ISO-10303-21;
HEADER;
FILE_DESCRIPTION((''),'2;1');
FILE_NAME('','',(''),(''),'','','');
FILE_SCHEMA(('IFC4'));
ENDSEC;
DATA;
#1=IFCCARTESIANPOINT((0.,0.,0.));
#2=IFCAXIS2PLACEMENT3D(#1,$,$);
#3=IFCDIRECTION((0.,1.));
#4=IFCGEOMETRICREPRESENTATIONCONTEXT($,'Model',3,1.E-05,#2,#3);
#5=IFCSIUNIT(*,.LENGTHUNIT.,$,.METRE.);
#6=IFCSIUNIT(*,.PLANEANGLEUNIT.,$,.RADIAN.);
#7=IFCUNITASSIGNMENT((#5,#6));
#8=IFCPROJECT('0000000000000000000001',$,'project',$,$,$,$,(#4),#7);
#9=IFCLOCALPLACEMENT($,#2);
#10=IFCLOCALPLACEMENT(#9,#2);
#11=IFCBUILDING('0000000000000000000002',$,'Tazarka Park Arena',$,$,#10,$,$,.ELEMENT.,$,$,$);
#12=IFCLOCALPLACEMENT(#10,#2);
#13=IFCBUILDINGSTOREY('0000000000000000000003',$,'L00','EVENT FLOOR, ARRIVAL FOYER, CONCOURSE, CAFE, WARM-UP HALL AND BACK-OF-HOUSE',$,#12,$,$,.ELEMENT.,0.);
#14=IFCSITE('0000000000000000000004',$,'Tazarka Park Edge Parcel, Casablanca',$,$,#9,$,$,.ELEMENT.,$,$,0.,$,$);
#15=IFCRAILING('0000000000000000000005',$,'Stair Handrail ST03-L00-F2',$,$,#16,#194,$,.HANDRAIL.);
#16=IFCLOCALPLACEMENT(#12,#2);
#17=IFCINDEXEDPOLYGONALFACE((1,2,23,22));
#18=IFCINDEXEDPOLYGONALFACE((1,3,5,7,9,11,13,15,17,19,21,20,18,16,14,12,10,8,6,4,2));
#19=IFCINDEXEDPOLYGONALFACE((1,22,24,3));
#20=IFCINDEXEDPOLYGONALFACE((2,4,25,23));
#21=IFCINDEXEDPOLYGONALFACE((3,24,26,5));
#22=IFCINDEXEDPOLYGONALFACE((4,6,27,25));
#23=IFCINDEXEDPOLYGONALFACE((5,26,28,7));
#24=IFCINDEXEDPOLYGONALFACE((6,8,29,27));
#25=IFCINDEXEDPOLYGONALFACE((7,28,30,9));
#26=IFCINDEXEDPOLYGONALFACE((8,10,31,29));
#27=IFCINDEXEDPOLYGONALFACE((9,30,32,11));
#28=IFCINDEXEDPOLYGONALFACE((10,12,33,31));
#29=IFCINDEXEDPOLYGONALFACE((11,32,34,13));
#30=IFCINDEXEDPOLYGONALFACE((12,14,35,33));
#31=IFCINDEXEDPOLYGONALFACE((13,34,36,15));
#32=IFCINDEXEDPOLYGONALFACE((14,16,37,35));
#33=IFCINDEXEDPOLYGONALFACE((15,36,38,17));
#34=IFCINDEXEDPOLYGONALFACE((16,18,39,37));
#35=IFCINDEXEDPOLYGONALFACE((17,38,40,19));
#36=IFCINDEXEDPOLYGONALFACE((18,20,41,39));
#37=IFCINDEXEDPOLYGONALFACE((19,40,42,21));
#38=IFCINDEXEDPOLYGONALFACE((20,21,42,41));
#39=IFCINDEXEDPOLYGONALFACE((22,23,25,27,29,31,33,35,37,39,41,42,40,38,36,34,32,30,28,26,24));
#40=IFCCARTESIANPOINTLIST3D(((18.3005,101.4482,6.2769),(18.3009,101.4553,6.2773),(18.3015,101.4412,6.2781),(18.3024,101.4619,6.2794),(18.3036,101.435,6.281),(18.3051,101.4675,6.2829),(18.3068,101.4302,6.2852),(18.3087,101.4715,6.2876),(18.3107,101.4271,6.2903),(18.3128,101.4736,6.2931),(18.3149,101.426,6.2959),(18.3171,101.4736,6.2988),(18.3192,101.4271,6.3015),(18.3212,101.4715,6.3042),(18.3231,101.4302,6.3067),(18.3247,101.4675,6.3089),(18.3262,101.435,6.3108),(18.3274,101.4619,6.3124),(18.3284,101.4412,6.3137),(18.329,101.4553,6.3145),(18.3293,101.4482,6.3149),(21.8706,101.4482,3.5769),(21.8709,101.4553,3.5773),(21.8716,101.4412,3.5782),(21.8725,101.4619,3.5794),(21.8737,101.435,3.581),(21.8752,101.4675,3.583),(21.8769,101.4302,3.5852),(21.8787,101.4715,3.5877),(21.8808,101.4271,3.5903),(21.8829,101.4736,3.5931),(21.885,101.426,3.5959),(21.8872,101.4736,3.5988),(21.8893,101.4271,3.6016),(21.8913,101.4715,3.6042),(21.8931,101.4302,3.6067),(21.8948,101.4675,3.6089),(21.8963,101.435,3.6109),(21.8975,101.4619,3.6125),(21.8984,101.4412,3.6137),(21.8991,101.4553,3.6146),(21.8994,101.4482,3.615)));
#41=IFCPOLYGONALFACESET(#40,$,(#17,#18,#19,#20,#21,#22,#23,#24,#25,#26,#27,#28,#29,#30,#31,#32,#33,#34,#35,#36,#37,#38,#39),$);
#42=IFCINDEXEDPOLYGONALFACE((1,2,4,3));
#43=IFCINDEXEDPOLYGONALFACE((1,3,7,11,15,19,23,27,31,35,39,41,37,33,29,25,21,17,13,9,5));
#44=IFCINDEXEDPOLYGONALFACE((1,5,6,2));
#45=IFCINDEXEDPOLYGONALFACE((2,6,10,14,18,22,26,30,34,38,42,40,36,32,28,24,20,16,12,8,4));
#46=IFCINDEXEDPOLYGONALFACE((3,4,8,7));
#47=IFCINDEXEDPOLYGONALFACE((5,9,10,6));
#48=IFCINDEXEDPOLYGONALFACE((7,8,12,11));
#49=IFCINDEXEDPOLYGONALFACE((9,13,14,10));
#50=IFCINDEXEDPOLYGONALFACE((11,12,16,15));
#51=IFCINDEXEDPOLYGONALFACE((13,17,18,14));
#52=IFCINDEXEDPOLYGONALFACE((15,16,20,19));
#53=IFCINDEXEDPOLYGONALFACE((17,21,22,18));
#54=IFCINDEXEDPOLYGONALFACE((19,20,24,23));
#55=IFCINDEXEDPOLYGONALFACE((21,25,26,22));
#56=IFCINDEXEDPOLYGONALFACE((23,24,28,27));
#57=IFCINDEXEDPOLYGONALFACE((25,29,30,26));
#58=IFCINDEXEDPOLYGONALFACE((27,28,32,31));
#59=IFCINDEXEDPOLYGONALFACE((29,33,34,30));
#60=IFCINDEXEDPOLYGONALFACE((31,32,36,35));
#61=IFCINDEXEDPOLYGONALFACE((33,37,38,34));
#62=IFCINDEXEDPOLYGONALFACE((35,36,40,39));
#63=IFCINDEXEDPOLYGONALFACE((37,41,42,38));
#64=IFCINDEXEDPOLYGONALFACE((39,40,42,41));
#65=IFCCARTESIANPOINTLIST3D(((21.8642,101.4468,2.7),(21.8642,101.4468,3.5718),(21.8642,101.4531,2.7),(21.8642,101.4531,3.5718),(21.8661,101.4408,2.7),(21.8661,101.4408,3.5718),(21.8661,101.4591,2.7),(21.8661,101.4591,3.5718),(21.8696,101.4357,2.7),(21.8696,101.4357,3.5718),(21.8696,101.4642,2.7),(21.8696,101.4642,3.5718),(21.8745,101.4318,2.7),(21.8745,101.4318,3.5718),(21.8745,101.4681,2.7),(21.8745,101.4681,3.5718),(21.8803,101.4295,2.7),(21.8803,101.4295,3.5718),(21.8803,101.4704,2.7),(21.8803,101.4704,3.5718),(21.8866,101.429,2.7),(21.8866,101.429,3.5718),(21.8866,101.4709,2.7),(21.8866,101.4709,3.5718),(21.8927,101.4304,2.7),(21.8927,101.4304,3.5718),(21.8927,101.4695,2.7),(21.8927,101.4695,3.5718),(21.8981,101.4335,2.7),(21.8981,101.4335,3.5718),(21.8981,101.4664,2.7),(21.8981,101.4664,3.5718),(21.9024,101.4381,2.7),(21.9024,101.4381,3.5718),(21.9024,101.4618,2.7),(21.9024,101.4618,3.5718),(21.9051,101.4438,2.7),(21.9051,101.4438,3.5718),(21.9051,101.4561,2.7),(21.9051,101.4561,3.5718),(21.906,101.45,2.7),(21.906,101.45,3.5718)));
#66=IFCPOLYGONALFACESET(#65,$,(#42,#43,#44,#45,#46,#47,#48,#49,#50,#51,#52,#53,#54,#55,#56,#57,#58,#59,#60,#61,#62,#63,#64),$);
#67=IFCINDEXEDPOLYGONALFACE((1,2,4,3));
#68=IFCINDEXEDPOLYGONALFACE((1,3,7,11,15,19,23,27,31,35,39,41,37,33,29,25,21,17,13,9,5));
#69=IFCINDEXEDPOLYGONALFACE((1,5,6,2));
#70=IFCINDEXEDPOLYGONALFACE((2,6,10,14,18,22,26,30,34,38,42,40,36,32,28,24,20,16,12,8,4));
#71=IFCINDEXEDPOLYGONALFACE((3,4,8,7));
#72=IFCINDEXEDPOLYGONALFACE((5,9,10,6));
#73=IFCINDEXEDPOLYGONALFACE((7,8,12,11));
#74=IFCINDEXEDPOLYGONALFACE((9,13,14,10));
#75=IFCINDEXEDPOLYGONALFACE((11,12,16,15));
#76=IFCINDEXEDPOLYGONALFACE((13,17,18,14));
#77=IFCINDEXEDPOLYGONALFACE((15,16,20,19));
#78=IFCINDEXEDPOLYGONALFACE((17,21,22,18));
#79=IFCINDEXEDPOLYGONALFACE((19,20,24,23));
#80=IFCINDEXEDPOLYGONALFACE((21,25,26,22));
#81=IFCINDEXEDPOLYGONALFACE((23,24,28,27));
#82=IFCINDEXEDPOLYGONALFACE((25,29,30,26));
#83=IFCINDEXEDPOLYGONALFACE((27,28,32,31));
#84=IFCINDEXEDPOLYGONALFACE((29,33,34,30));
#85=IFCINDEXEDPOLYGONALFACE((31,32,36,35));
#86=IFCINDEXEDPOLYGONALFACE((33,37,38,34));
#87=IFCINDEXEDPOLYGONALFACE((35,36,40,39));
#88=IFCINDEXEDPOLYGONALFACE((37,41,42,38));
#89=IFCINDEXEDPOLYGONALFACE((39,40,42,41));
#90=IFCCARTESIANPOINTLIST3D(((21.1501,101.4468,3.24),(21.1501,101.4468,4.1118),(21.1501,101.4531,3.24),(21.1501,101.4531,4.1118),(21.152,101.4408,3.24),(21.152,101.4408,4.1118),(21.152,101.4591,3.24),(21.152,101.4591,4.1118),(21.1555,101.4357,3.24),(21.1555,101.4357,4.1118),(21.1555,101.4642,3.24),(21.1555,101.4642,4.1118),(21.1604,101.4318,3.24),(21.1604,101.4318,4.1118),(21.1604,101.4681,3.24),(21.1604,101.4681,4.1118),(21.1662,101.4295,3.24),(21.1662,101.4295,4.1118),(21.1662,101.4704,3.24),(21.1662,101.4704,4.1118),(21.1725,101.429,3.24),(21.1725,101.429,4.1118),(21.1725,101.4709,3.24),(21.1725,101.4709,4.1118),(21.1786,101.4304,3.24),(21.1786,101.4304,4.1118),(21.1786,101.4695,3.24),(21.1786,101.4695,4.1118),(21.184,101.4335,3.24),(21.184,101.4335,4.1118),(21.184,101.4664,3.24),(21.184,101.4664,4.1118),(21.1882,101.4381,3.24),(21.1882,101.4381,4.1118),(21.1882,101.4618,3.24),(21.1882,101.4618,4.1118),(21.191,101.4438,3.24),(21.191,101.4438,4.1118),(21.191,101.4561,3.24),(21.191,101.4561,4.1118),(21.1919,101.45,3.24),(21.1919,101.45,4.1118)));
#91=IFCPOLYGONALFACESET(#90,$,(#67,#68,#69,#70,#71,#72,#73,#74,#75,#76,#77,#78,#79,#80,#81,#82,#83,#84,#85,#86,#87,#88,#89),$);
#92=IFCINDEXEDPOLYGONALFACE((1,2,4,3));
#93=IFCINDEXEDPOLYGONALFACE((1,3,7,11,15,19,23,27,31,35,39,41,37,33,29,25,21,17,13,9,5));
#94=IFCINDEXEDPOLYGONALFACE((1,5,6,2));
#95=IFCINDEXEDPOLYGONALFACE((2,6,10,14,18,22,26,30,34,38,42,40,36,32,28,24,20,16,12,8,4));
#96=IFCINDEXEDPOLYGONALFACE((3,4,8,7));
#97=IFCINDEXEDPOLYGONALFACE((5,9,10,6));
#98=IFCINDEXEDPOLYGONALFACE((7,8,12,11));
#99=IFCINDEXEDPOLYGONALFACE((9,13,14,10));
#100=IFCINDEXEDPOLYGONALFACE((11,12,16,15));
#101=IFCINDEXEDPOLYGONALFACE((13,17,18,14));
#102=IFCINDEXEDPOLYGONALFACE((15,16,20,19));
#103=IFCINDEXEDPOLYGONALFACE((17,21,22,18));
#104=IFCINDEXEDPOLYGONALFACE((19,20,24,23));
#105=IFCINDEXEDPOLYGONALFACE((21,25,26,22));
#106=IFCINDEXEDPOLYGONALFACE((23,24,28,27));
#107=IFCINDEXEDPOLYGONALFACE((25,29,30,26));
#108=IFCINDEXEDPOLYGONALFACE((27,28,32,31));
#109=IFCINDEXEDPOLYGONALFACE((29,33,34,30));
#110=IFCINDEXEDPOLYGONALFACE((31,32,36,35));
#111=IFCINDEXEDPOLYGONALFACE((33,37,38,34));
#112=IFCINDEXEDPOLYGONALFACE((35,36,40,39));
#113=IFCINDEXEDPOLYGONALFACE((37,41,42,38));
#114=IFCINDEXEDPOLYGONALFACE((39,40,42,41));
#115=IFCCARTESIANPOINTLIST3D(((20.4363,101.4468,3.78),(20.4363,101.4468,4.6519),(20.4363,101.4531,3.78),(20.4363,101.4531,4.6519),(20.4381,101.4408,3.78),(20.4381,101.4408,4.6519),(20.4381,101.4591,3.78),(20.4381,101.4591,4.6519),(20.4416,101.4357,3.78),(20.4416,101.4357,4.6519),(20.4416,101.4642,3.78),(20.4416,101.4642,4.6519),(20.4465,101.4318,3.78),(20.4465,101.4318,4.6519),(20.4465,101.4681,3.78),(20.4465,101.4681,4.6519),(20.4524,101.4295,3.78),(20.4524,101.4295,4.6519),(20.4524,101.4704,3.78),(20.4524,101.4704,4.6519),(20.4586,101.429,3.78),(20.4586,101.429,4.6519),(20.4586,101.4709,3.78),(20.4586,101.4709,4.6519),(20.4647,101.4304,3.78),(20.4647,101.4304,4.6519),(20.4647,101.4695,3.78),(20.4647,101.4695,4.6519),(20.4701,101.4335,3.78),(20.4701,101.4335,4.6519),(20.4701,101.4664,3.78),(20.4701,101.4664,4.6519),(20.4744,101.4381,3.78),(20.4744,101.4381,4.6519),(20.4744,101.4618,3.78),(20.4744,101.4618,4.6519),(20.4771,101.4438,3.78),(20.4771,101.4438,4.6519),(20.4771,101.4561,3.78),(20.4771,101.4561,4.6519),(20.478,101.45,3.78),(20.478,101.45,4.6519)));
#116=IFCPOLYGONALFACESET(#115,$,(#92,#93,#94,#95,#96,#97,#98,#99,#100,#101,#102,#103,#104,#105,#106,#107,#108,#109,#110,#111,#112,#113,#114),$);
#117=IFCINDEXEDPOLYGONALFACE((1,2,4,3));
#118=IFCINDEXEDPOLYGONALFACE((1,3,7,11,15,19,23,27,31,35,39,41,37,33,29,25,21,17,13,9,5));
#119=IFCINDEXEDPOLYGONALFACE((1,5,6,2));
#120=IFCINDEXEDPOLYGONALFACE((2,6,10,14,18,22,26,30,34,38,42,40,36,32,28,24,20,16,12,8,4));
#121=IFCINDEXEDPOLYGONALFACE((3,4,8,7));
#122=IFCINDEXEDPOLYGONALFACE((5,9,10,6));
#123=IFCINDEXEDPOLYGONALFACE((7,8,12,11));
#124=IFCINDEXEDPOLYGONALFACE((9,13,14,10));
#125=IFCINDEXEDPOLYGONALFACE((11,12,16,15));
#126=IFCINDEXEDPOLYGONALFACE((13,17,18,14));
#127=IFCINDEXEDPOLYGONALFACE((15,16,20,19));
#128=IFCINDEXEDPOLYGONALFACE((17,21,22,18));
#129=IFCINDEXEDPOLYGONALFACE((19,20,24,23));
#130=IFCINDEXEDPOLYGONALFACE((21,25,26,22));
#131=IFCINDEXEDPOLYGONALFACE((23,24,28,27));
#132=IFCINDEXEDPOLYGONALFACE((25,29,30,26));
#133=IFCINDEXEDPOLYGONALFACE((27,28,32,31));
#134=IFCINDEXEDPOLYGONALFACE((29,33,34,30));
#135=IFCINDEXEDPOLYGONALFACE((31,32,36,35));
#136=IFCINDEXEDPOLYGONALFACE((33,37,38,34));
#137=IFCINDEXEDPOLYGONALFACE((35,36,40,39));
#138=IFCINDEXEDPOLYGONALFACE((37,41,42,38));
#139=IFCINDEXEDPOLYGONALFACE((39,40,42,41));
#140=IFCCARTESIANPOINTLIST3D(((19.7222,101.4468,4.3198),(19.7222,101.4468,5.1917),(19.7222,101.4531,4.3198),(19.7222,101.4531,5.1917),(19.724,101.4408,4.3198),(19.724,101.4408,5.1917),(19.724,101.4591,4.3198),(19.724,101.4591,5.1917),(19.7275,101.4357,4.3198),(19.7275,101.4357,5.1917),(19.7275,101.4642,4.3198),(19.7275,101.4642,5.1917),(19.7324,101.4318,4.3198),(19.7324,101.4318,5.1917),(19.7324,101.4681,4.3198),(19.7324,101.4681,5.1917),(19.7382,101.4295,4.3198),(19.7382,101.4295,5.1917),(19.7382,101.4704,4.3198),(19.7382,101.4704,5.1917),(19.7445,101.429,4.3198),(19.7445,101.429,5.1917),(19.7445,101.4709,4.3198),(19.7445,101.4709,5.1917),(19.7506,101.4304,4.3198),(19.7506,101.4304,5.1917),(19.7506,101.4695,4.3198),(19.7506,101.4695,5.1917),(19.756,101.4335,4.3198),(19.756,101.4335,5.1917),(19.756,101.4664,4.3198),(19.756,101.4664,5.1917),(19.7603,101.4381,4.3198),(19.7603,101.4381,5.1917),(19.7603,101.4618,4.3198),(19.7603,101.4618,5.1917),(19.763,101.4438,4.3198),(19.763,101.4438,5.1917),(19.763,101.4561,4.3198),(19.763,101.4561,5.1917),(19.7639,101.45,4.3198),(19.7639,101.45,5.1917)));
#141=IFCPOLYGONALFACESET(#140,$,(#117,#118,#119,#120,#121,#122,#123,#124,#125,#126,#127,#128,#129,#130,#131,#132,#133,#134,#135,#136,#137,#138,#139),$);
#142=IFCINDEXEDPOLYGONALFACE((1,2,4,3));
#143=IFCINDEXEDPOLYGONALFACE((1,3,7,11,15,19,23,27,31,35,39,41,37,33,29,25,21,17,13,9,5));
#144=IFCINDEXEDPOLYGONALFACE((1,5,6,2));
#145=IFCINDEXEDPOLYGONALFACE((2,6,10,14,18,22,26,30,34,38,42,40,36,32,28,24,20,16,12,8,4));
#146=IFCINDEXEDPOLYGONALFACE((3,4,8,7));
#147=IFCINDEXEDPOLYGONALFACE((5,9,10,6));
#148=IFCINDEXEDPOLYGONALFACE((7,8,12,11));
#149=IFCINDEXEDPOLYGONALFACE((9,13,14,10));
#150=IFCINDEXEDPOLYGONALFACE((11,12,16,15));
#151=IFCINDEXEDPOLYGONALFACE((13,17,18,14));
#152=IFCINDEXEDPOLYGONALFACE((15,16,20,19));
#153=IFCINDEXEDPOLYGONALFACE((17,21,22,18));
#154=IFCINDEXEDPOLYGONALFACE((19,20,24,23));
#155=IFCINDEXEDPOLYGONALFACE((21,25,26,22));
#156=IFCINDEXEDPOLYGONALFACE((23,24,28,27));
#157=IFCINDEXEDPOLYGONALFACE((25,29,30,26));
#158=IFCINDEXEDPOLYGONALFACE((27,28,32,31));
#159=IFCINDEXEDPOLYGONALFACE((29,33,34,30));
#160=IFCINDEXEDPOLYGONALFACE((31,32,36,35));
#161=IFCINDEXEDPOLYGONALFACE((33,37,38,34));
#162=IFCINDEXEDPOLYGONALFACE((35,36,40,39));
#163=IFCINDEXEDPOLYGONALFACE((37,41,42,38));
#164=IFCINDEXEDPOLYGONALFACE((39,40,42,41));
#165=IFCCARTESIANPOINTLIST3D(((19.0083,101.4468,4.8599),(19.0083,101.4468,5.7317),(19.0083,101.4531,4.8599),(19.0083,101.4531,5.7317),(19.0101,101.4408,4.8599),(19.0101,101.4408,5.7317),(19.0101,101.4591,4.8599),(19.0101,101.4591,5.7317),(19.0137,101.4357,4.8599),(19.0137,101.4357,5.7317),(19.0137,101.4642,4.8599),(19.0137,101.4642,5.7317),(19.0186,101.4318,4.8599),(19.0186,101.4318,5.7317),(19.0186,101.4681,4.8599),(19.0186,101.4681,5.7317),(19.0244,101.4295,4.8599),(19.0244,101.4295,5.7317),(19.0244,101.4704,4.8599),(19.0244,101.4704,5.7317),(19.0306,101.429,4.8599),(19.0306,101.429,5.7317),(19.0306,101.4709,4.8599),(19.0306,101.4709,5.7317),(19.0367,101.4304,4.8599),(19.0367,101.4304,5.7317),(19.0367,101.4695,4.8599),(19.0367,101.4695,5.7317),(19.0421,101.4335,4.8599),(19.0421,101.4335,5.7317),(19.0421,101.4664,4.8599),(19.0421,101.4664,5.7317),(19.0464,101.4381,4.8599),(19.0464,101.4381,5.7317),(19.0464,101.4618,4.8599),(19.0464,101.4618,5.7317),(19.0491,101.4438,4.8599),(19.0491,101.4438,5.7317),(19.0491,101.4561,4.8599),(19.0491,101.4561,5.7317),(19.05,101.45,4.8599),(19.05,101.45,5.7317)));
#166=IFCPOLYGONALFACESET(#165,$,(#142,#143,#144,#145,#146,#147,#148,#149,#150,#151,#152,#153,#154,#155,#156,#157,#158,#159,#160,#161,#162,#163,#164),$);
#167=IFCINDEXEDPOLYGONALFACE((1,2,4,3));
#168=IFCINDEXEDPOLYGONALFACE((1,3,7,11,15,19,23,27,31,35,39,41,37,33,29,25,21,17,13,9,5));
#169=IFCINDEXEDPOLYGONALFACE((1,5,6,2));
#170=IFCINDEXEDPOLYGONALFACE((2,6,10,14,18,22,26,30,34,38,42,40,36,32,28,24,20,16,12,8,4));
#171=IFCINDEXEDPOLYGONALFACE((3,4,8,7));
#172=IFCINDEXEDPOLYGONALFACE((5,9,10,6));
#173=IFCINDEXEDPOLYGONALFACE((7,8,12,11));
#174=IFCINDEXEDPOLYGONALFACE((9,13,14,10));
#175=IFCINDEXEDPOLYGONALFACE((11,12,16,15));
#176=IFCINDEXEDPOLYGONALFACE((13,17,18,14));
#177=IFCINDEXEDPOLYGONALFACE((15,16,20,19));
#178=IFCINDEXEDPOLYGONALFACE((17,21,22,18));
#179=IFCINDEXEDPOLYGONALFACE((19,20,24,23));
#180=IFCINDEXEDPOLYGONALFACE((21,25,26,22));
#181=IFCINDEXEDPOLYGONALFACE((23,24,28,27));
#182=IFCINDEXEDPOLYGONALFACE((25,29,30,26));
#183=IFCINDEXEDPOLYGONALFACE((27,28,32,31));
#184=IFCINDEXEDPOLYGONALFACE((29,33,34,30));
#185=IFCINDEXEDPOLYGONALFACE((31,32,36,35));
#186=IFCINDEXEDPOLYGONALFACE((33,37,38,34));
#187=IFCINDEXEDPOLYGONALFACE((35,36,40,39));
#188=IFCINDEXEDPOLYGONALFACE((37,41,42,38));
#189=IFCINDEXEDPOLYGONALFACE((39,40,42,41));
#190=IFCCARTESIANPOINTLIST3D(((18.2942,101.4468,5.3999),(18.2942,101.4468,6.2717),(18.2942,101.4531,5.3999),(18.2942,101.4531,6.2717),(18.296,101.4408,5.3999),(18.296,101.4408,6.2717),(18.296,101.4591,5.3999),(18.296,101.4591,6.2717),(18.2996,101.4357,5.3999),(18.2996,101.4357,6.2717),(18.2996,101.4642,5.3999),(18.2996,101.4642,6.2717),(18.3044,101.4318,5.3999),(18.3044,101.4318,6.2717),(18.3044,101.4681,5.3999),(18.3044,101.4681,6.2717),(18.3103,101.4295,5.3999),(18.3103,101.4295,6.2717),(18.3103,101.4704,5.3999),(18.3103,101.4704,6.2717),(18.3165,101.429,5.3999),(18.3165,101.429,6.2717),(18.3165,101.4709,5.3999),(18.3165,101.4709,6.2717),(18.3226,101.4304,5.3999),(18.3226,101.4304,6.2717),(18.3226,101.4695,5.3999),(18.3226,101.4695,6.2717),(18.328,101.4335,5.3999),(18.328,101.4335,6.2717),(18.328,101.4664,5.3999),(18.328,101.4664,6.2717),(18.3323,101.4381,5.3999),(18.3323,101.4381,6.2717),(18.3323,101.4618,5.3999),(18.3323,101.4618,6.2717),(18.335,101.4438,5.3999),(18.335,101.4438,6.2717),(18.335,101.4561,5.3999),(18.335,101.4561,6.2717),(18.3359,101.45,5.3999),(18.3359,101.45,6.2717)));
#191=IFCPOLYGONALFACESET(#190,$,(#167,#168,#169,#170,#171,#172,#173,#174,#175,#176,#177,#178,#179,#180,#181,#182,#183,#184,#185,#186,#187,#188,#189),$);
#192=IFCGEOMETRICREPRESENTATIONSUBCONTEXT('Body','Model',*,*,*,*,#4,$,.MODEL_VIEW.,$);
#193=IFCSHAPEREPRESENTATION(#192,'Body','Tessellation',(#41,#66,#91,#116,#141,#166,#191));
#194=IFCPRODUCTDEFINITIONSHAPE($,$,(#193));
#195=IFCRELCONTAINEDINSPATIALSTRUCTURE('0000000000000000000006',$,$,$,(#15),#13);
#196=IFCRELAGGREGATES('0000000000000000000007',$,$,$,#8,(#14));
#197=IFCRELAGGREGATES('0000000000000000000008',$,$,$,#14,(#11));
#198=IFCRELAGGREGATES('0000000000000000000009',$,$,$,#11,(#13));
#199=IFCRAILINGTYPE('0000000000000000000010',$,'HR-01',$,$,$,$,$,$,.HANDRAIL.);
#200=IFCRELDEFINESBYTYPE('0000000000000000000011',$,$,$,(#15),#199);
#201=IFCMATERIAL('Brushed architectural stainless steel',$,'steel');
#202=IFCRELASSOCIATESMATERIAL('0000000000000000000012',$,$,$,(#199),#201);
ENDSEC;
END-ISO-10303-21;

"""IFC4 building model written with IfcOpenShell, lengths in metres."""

from ifc_helpers import new_model, si_unit, direction, frame, origin, origin_2d, place, context, subcontext, project, spatial, circle, extrude, material, type_object, element, save


model = new_model("IFC4")

# Units and contexts
model_context = context("Model", 3, precision=1e-05, world=origin(), true_north=direction((0.0, 1.0)))
body_context = subcontext(model_context, "Body", "Model", "MODEL_VIEW")
ifc_project = project(units=[si_unit("LENGTHUNIT", "METRE"), si_unit("PLANEANGLEUNIT", "RADIAN")], contexts=[model_context])

# Site, building, storey
site_placement = place(None, origin())
site = spatial("IfcSite", under=ifc_project, at=site_placement, Name="Tazarka Park Edge Parcel, Casablanca", CompositionType="ELEMENT", RefElevation=0.0)
building_placement = place(site_placement, origin())
building = spatial("IfcBuilding", under=site, at=building_placement, Name="Tazarka Park Arena", CompositionType="ELEMENT")
storey_placement = place(building_placement, origin())
storey = spatial("IfcBuildingStorey", under=building, at=storey_placement, Name="L00", Description="EVENT FLOOR, ARRIVAL FOYER, CONCOURSE, CAFE, WARM-UP HALL AND BACK-OF-HOUSE", CompositionType="ELEMENT", Elevation=0.0)

# Railing
ifc_material_1 = material(Name="Brushed architectural stainless steel", Category="steel")
railing_type_1 = type_object("IfcRailingType", Name="HR-01", PredefinedType="HANDRAIL", material=ifc_material_1)
railing_1_placement = place(storey_placement, frame((21.885, 101.45, 2.7)))
element("IfcRailing", 1, at=railing_1_placement, inside=storey, type_object=railing_type_1, Name="Stair Handrail ST03-L00-F2", PredefinedType="HANDRAIL", context=body_context, shape_type="SweptSolid", body=[
    extrude(circle(Radius=0.0239, at=origin_2d()), frame((0.0, 0.0, 0.896), z_axis=(-0.797591, 0.0, 0.603198), x_axis=(0.0, -1.0, 0.0)), (0.0, 0.0, 1.0), 4.4761),
    extrude(circle(Radius=0.021, at=origin_2d()), origin(), (0.0, 0.0, 1.0), 0.8718),
    extrude(circle(Radius=0.021, at=origin_2d()), frame((-0.7141, 0.0, 0.54)), (0.0, 0.0, 1.0), 0.8718),
    extrude(circle(Radius=0.021, at=origin_2d()), frame((-1.428, 0.0, 1.0801)), (0.0, 0.0, 1.0), 0.8718),
    extrude(circle(Radius=0.021, at=origin_2d()), frame((-2.1421, 0.0, 1.6199)), (0.0, 0.0, 1.0), 0.8718),
    extrude(circle(Radius=0.021, at=origin_2d()), frame((-2.856, 0.0, 2.1599)), (0.0, 0.0, 1.0), 0.8718),
    extrude(circle(Radius=0.021, at=origin_2d()), frame((-3.5701, 0.0, 2.7)), (0.0, 0.0, 1.0), 0.8718),
])

save(model, "model.ifc")
